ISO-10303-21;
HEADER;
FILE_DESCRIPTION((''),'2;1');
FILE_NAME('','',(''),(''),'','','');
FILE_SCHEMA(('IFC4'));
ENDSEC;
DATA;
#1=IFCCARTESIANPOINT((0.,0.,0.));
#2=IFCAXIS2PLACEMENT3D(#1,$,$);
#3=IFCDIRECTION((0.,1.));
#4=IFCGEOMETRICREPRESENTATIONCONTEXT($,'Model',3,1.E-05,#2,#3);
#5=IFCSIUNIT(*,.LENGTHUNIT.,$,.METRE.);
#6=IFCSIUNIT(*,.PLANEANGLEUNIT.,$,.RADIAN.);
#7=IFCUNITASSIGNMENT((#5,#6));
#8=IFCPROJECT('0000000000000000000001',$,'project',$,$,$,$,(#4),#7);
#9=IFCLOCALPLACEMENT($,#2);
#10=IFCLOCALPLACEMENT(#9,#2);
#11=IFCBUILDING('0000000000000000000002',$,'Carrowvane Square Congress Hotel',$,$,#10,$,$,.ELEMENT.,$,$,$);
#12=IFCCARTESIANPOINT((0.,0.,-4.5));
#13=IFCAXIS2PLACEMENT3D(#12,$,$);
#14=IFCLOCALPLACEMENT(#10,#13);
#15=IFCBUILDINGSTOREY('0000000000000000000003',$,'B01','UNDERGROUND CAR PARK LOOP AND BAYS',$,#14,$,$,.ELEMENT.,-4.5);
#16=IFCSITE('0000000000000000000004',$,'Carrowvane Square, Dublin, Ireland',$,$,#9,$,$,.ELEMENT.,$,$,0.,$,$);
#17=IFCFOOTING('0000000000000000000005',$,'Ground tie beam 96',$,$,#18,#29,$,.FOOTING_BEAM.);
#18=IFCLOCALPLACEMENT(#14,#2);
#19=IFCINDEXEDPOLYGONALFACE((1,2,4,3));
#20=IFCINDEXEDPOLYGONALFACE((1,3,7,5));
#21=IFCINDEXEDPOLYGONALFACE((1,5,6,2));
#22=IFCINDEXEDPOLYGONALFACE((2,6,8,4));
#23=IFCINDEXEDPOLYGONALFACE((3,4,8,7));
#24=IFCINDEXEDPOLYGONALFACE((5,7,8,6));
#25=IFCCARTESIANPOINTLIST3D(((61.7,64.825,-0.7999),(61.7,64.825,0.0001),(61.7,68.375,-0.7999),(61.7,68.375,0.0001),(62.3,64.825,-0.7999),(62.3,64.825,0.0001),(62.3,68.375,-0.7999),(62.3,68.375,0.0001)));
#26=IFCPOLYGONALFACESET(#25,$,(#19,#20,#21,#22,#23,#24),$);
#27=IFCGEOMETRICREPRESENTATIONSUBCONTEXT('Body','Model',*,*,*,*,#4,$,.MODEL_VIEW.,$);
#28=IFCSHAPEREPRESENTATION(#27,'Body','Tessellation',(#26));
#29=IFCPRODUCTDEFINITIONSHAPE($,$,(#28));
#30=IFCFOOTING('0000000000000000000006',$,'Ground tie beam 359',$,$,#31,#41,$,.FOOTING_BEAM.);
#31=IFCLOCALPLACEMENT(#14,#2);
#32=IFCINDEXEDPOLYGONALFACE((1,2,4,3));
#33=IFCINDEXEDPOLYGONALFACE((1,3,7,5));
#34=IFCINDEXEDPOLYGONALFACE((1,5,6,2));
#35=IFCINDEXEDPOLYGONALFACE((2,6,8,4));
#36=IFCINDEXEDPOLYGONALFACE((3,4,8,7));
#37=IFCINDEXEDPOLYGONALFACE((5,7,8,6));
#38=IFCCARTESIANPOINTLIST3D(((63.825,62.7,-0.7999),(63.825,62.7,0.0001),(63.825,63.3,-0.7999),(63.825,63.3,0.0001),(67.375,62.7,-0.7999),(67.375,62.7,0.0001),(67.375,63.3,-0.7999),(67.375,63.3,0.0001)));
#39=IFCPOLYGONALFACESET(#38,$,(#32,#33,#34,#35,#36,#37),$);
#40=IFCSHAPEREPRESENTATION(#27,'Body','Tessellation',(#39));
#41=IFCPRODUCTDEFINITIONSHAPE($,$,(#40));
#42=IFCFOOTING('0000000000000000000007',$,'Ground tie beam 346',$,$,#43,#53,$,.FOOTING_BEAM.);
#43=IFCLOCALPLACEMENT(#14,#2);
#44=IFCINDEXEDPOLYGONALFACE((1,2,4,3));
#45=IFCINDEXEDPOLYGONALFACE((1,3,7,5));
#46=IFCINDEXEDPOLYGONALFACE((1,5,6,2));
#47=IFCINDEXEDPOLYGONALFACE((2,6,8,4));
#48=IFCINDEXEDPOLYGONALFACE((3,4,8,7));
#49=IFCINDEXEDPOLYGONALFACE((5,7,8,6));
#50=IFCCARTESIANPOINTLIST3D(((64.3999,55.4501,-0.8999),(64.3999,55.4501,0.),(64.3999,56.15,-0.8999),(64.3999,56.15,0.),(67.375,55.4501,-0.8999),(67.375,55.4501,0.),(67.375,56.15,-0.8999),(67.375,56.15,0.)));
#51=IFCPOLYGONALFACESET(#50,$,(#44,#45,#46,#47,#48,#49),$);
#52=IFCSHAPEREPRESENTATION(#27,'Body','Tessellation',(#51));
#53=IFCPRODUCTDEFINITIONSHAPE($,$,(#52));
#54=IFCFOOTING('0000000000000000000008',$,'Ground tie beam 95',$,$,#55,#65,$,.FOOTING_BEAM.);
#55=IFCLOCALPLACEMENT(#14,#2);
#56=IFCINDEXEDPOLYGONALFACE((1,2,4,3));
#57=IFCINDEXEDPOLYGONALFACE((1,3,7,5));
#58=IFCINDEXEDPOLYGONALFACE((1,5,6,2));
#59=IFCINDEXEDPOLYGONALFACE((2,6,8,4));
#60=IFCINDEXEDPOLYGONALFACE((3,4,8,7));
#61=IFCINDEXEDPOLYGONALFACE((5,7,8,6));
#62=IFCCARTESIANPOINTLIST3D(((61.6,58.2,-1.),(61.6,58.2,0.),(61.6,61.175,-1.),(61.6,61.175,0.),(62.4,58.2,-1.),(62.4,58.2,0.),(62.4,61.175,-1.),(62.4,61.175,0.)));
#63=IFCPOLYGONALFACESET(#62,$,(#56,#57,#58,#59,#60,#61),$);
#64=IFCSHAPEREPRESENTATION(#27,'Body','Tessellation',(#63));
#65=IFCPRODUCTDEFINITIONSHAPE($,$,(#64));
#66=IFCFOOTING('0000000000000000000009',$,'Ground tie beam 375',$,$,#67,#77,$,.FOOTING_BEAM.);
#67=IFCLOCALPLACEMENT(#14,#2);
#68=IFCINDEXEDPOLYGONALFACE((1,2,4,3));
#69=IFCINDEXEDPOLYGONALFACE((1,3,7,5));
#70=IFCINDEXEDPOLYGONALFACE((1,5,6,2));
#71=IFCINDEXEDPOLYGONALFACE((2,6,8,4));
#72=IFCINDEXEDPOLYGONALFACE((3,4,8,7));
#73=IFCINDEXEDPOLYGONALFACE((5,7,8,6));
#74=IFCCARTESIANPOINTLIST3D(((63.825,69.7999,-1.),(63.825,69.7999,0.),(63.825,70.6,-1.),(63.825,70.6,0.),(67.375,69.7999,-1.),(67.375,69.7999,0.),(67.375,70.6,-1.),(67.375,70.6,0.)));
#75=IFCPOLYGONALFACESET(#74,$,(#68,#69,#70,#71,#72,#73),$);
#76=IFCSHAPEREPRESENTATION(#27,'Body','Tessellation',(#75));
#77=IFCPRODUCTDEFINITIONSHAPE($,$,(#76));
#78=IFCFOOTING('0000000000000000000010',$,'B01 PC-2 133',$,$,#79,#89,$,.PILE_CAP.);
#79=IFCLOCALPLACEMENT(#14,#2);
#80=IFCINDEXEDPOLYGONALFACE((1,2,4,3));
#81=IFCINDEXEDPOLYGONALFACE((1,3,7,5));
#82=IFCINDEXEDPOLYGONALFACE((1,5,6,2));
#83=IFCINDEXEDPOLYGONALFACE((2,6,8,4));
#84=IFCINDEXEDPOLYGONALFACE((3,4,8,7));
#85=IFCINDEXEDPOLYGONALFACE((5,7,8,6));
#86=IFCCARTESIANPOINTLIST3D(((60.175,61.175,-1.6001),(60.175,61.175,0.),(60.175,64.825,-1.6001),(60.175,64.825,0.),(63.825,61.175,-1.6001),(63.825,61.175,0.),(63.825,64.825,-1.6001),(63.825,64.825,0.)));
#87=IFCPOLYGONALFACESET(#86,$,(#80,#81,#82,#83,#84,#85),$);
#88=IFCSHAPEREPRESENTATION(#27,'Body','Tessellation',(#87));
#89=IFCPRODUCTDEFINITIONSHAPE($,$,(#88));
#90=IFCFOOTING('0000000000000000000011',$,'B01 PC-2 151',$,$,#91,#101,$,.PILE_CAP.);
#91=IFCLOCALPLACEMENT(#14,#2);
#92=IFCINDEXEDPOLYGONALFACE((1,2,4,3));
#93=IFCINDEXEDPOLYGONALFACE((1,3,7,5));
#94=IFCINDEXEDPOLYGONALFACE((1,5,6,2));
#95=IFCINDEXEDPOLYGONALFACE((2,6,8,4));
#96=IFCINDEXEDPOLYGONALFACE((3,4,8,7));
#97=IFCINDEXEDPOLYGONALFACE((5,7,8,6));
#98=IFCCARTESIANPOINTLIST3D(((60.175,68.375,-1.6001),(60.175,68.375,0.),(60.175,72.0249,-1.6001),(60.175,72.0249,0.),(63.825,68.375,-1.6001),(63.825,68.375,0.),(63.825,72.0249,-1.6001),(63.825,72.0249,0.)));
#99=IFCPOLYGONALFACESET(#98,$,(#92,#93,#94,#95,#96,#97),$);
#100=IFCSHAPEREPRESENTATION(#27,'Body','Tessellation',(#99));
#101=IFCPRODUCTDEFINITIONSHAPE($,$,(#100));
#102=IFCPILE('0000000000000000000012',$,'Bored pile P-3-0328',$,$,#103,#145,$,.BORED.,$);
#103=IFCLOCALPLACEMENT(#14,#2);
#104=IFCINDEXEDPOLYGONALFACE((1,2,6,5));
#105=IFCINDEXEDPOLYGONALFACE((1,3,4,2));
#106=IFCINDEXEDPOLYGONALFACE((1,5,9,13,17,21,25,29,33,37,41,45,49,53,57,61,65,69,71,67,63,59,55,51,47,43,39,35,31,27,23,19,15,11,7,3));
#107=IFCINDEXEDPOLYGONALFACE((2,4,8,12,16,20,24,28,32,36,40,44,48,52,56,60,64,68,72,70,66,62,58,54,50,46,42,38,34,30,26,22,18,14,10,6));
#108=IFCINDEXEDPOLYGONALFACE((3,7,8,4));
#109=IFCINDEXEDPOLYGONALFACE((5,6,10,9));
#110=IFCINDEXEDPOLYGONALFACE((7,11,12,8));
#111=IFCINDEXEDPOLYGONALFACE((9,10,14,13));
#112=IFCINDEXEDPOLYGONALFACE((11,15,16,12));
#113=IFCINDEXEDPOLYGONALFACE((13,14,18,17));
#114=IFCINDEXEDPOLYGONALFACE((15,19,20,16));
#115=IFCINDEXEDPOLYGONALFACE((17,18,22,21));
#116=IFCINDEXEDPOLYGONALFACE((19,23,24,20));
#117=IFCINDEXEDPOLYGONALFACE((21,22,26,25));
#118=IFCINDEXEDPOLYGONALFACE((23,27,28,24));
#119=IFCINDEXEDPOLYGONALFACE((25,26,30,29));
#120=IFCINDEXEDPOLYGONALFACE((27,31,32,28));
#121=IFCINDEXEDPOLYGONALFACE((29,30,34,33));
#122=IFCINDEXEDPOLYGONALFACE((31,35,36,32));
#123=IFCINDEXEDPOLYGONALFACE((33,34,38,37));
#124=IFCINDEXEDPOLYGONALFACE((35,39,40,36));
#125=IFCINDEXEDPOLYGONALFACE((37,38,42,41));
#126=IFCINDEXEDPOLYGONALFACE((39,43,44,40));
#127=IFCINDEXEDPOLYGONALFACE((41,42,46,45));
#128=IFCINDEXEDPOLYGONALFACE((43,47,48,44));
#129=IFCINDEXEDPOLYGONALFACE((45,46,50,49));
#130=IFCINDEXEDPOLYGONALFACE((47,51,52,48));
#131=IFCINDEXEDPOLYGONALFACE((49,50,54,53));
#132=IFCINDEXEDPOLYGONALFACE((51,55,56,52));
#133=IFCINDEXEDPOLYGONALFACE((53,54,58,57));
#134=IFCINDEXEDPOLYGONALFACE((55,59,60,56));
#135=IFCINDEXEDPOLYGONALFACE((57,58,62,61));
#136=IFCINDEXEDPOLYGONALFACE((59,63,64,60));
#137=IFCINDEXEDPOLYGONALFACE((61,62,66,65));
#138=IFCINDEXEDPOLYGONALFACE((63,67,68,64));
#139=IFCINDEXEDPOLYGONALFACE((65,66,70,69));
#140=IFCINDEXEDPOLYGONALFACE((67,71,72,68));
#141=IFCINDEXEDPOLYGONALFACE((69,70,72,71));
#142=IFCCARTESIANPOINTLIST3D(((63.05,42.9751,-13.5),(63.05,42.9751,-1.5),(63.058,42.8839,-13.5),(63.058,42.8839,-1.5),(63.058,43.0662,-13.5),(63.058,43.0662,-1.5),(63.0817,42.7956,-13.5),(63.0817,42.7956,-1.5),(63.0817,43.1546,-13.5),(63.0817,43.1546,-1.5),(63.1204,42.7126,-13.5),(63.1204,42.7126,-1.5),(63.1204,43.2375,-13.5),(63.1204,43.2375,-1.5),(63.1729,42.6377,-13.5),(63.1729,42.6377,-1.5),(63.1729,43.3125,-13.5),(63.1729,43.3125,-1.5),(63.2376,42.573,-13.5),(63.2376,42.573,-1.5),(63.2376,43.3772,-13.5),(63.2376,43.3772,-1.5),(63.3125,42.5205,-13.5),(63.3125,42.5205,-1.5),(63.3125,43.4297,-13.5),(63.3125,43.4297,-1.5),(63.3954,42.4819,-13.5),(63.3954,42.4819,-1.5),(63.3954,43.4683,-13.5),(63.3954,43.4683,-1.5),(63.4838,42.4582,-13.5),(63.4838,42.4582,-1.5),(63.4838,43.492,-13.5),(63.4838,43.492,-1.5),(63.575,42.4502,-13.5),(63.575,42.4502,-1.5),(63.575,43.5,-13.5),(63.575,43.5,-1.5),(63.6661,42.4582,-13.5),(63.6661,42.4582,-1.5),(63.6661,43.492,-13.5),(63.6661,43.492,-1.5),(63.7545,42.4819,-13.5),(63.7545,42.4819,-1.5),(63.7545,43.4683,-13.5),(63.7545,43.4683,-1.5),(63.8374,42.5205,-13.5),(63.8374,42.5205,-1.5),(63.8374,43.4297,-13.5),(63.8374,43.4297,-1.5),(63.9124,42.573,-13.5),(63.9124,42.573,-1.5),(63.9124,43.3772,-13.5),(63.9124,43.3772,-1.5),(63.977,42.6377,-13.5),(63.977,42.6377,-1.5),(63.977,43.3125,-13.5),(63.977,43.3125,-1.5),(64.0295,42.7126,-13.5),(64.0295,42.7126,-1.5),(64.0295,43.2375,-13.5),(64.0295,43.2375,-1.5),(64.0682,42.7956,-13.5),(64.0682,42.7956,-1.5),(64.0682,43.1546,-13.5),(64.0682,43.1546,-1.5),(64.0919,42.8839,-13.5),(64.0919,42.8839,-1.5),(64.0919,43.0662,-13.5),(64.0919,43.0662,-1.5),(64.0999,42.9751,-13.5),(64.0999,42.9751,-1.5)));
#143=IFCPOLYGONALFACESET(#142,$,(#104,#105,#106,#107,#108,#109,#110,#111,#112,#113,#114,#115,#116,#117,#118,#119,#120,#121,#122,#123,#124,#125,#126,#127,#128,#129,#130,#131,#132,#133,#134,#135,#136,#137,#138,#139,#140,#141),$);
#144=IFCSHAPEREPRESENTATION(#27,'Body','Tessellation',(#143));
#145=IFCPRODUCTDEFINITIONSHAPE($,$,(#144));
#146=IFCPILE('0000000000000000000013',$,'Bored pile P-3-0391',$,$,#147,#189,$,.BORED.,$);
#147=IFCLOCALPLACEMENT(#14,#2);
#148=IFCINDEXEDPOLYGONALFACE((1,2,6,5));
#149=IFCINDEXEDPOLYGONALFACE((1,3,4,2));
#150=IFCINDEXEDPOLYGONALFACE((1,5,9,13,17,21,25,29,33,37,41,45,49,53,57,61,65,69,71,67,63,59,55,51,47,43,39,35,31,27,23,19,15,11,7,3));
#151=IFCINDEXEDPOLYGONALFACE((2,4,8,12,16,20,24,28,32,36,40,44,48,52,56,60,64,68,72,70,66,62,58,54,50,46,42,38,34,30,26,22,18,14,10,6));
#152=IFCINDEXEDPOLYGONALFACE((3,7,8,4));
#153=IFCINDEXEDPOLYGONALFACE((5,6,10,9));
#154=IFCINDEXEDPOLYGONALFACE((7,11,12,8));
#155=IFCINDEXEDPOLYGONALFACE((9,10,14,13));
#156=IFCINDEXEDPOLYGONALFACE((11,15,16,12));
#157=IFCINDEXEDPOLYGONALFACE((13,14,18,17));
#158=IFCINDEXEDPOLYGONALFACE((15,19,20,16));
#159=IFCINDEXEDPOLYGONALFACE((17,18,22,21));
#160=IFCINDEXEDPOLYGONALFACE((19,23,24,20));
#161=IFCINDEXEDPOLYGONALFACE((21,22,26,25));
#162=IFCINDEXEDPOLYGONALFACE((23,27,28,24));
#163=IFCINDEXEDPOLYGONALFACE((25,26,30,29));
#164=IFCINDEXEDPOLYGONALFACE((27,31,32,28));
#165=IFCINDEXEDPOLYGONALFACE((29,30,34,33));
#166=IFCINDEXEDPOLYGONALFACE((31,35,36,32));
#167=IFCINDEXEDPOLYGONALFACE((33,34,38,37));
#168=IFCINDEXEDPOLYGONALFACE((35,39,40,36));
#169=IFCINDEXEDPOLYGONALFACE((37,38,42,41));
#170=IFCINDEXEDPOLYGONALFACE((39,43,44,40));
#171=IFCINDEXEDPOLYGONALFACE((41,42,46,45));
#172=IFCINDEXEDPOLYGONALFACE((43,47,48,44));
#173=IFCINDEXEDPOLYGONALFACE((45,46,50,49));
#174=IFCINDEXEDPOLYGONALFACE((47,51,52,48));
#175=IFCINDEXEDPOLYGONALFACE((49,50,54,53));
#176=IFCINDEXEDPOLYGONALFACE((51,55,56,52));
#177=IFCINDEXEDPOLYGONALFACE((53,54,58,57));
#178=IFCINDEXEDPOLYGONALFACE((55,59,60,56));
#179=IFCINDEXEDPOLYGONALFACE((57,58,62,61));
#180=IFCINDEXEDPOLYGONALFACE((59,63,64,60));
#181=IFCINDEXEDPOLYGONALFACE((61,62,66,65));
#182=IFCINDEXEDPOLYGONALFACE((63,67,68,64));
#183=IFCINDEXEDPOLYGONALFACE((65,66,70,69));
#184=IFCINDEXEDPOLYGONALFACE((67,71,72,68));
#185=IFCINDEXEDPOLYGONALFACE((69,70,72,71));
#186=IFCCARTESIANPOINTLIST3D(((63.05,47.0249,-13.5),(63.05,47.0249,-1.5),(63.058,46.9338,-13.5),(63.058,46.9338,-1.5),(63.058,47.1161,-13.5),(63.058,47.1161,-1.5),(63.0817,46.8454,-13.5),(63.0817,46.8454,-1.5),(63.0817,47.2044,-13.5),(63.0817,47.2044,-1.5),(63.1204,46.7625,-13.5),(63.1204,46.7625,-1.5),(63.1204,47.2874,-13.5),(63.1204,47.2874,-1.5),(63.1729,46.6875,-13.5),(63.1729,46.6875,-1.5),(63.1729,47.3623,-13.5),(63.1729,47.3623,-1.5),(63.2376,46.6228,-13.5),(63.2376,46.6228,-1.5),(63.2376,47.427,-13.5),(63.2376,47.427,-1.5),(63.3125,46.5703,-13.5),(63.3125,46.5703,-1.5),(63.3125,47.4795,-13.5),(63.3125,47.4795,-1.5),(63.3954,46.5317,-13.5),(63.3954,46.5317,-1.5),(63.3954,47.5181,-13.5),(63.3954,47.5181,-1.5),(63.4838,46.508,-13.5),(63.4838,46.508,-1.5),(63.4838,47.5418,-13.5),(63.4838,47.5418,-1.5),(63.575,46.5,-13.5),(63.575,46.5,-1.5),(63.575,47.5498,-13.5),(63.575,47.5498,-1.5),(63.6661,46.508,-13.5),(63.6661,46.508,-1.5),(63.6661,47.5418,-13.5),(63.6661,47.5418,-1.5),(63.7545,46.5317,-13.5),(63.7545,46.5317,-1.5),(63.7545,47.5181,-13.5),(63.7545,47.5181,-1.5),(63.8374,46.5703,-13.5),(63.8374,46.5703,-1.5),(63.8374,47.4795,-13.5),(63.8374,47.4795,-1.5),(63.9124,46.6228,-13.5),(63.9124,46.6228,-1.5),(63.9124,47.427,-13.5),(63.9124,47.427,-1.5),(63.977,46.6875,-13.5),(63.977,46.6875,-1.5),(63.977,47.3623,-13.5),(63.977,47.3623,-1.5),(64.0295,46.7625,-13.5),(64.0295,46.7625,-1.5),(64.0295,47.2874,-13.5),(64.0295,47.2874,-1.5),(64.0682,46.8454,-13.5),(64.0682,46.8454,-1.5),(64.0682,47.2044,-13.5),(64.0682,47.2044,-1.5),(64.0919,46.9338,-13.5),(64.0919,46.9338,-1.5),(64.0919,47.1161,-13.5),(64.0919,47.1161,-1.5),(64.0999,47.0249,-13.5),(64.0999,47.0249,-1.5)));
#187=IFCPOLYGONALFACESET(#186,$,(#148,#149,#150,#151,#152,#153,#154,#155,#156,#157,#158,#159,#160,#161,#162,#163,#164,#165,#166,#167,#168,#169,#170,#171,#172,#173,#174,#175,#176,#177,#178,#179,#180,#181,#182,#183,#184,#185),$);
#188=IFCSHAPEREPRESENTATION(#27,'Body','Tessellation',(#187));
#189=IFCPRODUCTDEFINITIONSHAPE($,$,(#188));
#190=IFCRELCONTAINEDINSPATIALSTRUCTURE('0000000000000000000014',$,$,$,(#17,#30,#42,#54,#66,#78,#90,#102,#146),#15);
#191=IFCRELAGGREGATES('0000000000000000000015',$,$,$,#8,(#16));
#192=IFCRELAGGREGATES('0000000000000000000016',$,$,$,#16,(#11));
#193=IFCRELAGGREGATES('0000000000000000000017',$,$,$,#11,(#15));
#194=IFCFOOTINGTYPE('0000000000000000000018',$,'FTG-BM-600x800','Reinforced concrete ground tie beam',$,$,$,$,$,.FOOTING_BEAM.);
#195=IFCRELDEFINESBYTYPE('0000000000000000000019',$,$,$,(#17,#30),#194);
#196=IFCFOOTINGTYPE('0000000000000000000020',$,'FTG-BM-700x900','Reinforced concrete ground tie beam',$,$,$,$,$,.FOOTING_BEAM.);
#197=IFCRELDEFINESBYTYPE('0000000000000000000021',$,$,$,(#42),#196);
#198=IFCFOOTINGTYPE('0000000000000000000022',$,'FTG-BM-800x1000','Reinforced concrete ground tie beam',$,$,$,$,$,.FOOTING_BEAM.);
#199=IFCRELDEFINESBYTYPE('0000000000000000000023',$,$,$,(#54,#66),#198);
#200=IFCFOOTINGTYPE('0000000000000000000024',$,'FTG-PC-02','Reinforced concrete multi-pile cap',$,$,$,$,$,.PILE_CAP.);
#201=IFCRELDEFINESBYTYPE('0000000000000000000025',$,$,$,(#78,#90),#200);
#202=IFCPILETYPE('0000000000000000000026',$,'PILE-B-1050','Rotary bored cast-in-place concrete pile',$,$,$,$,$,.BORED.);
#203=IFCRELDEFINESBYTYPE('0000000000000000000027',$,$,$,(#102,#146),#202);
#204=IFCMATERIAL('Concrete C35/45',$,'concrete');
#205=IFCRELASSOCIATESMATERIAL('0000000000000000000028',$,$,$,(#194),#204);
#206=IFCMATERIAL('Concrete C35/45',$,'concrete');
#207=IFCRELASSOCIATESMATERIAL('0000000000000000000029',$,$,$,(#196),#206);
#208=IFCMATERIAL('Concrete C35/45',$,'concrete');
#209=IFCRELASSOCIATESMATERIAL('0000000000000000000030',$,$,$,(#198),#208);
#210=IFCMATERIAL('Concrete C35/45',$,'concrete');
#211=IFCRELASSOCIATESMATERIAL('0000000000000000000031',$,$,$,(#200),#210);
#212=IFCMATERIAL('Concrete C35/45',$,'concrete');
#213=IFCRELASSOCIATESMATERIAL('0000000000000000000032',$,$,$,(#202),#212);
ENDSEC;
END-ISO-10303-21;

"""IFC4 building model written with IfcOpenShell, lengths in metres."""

from ifc_helpers import new_model, si_unit, direction, frame, origin, origin_2d, place, context, subcontext, project, spatial, rectangle, circle, extrude, material, material_profile, profile_set, type_object, element, save


model = new_model("IFC4")

# Units and contexts
model_context = context("Model", 3, precision=1e-05, world=origin(), true_north=direction((0.0, 1.0)))
body_context = subcontext(model_context, "Body", "Model", "MODEL_VIEW")
ifc_project = project(units=[si_unit("LENGTHUNIT", "METRE"), si_unit("PLANEANGLEUNIT", "RADIAN")], contexts=[model_context])

# Site, building, storey
site_placement = place(None, origin())
site = spatial("IfcSite", under=ifc_project, at=site_placement, Name="Carrowvane Square, Dublin, Ireland", CompositionType="ELEMENT", RefElevation=0.0)
building_placement = place(site_placement, origin())
building = spatial("IfcBuilding", under=site, at=building_placement, Name="Carrowvane Square Congress Hotel", CompositionType="ELEMENT")
storey_placement = place(building_placement, frame((0.0, 0.0, -4.5)))
storey = spatial("IfcBuildingStorey", under=building, at=storey_placement, Name="B01", Description="UNDERGROUND CAR PARK LOOP AND BAYS", CompositionType="ELEMENT", Elevation=-4.5)

# Footings
ifc_material_1 = material(Name="Concrete C35/45", Category="concrete")
ifc_material_profile_1 = material_profile(ifc_material_1, rectangle(XDim=0.6001, YDim=0.8, at=origin_2d()), Name="RC 600x800")
ifc_profile_set_1 = profile_set([ifc_material_profile_1], Name="Concrete C35/45")
footing_type_1 = type_object("IfcFootingType", Name="FTG-BM-600x800", Description="Reinforced concrete ground tie beam", PredefinedType="FOOTING_BEAM", material=ifc_profile_set_1)
for number, where, z_axis, x_axis, name in (
    (1, (62.0, 64.825, -0.3999), (0.0, 1.0, 0.0), (-1.0, 0.0, 0.0), "Ground tie beam 96"),
    (2, (63.825, 63.0, -0.3999), (1.0, 0.0, 0.0), (0.0, 1.0, 0.0), "Ground tie beam 359"),
):
    element("IfcFooting", number, at=place(storey_placement, frame(where, z_axis=z_axis, x_axis=x_axis)), inside=storey, type_object=footing_type_1, Name=name, PredefinedType="FOOTING_BEAM", context=body_context, shape_type="SweptSolid", body=[
        extrude(rectangle(XDim=0.6001, YDim=0.8, at=origin_2d()), origin(), (0.0, 0.0, 1.0), 3.55),
    ])
ifc_material_2 = material(Name="Concrete C35/45", Category="concrete")
ifc_material_profile_2 = material_profile(ifc_material_2, rectangle(XDim=0.7, YDim=0.8999, at=origin_2d()), Name="RC 700x900")
ifc_profile_set_2 = profile_set([ifc_material_profile_2], Name="Concrete C35/45")
footing_type_2 = type_object("IfcFootingType", Name="FTG-BM-700x900", Description="Reinforced concrete ground tie beam", PredefinedType="FOOTING_BEAM", material=ifc_profile_set_2)
footing_1_placement = place(storey_placement, frame((64.3999, 55.8, -0.45), z_axis=(1.0, 0.0, 0.0), x_axis=(0.0, 1.0, 0.0)))
element("IfcFooting", 3, at=footing_1_placement, inside=storey, type_object=footing_type_2, Name="Ground tie beam 346", PredefinedType="FOOTING_BEAM", context=body_context, shape_type="SweptSolid", body=[
    extrude(rectangle(XDim=0.7, YDim=0.8999, at=origin_2d()), origin(), (0.0, 0.0, 1.0), 2.9751),
])
ifc_material_3 = material(Name="Concrete C35/45", Category="concrete")
ifc_material_profile_3 = material_profile(ifc_material_3, rectangle(XDim=0.8, YDim=1.0, at=origin_2d()), Name="RC 800x1000")
ifc_profile_set_3 = profile_set([ifc_material_profile_3], Name="Concrete C35/45")
footing_type_3 = type_object("IfcFootingType", Name="FTG-BM-800x1000", Description="Reinforced concrete ground tie beam", PredefinedType="FOOTING_BEAM", material=ifc_profile_set_3)
footing_2_placement = place(storey_placement, frame((62.0, 58.2, -0.5), z_axis=(0.0, 1.0, 0.0), x_axis=(-1.0, 0.0, 0.0)))
element("IfcFooting", 4, at=footing_2_placement, inside=storey, type_object=footing_type_3, Name="Ground tie beam 95", PredefinedType="FOOTING_BEAM", context=body_context, shape_type="SweptSolid", body=[
    extrude(rectangle(XDim=0.8, YDim=1.0, at=origin_2d()), origin(), (0.0, 0.0, 1.0), 2.9751),
])
footing_3_placement = place(storey_placement, frame((63.825, 70.2, -0.5), z_axis=(1.0, 0.0, 0.0), x_axis=(0.0, 1.0, 0.0)))
element("IfcFooting", 5, at=footing_3_placement, inside=storey, type_object=footing_type_3, Name="Ground tie beam 375", PredefinedType="FOOTING_BEAM", context=body_context, shape_type="SweptSolid", body=[
    extrude(rectangle(XDim=0.8, YDim=1.0, at=origin_2d()), origin(), (0.0, 0.0, 1.0), 3.55),
])
ifc_material_4 = material(Name="Concrete C35/45", Category="concrete")
footing_type_4 = type_object("IfcFootingType", Name="FTG-PC-02", Description="Reinforced concrete multi-pile cap", PredefinedType="PILE_CAP", material=ifc_material_4)
for number, where, z_axis, x_axis, name in (
    (6, (62.0, 63.0, -1.6001), (0.0, 0.0, 1.0), (1.0, 0.0, 0.0), "B01 PC-2 133"),
    (7, (62.0, 70.2, -1.6001), (0.0, 0.0, 1.0), (1.0, 0.0, 0.0), "B01 PC-2 151"),
):
    element("IfcFooting", number, at=place(storey_placement, frame(where, z_axis=z_axis, x_axis=x_axis)), inside=storey, type_object=footing_type_4, Name=name, PredefinedType="PILE_CAP", context=body_context, shape_type="SweptSolid", body=[
        extrude(rectangle(XDim=3.6499, YDim=3.6499, at=origin_2d()), origin(), (0.0, 0.0, 1.0), 1.6001),
    ])

# Piles
ifc_material_5 = material(Name="Concrete C35/45", Category="concrete")
ifc_material_profile_4 = material_profile(ifc_material_5, circle(Radius=0.5249, at=origin_2d()), Name="PILE D1050")
ifc_profile_set_4 = profile_set([ifc_material_profile_4], Name="Concrete C35/45")
pile_type_1 = type_object("IfcPileType", Name="PILE-B-1050", Description="Rotary bored cast-in-place concrete pile", PredefinedType="BORED", material=ifc_profile_set_4)
for number, where, z_axis, x_axis, name in (
    (8, (63.575, 42.9751, -1.5), (0.0, 0.0, -1.0), (1.0, 0.0, 0.0), "Bored pile P-3-0328"),
    (9, (63.575, 47.0249, -1.5), (0.0, 0.0, -1.0), (1.0, 0.0, 0.0), "Bored pile P-3-0391"),
):
    element("IfcPile", number, at=place(storey_placement, frame(where, z_axis=z_axis, x_axis=x_axis)), inside=storey, type_object=pile_type_1, Name=name, PredefinedType="BORED", context=body_context, shape_type="SweptSolid", body=[
        extrude(circle(Radius=0.5249, at=origin_2d()), origin(), (0.0, 0.0, 1.0), 12.0),
    ])

save(model, "model.ifc")
